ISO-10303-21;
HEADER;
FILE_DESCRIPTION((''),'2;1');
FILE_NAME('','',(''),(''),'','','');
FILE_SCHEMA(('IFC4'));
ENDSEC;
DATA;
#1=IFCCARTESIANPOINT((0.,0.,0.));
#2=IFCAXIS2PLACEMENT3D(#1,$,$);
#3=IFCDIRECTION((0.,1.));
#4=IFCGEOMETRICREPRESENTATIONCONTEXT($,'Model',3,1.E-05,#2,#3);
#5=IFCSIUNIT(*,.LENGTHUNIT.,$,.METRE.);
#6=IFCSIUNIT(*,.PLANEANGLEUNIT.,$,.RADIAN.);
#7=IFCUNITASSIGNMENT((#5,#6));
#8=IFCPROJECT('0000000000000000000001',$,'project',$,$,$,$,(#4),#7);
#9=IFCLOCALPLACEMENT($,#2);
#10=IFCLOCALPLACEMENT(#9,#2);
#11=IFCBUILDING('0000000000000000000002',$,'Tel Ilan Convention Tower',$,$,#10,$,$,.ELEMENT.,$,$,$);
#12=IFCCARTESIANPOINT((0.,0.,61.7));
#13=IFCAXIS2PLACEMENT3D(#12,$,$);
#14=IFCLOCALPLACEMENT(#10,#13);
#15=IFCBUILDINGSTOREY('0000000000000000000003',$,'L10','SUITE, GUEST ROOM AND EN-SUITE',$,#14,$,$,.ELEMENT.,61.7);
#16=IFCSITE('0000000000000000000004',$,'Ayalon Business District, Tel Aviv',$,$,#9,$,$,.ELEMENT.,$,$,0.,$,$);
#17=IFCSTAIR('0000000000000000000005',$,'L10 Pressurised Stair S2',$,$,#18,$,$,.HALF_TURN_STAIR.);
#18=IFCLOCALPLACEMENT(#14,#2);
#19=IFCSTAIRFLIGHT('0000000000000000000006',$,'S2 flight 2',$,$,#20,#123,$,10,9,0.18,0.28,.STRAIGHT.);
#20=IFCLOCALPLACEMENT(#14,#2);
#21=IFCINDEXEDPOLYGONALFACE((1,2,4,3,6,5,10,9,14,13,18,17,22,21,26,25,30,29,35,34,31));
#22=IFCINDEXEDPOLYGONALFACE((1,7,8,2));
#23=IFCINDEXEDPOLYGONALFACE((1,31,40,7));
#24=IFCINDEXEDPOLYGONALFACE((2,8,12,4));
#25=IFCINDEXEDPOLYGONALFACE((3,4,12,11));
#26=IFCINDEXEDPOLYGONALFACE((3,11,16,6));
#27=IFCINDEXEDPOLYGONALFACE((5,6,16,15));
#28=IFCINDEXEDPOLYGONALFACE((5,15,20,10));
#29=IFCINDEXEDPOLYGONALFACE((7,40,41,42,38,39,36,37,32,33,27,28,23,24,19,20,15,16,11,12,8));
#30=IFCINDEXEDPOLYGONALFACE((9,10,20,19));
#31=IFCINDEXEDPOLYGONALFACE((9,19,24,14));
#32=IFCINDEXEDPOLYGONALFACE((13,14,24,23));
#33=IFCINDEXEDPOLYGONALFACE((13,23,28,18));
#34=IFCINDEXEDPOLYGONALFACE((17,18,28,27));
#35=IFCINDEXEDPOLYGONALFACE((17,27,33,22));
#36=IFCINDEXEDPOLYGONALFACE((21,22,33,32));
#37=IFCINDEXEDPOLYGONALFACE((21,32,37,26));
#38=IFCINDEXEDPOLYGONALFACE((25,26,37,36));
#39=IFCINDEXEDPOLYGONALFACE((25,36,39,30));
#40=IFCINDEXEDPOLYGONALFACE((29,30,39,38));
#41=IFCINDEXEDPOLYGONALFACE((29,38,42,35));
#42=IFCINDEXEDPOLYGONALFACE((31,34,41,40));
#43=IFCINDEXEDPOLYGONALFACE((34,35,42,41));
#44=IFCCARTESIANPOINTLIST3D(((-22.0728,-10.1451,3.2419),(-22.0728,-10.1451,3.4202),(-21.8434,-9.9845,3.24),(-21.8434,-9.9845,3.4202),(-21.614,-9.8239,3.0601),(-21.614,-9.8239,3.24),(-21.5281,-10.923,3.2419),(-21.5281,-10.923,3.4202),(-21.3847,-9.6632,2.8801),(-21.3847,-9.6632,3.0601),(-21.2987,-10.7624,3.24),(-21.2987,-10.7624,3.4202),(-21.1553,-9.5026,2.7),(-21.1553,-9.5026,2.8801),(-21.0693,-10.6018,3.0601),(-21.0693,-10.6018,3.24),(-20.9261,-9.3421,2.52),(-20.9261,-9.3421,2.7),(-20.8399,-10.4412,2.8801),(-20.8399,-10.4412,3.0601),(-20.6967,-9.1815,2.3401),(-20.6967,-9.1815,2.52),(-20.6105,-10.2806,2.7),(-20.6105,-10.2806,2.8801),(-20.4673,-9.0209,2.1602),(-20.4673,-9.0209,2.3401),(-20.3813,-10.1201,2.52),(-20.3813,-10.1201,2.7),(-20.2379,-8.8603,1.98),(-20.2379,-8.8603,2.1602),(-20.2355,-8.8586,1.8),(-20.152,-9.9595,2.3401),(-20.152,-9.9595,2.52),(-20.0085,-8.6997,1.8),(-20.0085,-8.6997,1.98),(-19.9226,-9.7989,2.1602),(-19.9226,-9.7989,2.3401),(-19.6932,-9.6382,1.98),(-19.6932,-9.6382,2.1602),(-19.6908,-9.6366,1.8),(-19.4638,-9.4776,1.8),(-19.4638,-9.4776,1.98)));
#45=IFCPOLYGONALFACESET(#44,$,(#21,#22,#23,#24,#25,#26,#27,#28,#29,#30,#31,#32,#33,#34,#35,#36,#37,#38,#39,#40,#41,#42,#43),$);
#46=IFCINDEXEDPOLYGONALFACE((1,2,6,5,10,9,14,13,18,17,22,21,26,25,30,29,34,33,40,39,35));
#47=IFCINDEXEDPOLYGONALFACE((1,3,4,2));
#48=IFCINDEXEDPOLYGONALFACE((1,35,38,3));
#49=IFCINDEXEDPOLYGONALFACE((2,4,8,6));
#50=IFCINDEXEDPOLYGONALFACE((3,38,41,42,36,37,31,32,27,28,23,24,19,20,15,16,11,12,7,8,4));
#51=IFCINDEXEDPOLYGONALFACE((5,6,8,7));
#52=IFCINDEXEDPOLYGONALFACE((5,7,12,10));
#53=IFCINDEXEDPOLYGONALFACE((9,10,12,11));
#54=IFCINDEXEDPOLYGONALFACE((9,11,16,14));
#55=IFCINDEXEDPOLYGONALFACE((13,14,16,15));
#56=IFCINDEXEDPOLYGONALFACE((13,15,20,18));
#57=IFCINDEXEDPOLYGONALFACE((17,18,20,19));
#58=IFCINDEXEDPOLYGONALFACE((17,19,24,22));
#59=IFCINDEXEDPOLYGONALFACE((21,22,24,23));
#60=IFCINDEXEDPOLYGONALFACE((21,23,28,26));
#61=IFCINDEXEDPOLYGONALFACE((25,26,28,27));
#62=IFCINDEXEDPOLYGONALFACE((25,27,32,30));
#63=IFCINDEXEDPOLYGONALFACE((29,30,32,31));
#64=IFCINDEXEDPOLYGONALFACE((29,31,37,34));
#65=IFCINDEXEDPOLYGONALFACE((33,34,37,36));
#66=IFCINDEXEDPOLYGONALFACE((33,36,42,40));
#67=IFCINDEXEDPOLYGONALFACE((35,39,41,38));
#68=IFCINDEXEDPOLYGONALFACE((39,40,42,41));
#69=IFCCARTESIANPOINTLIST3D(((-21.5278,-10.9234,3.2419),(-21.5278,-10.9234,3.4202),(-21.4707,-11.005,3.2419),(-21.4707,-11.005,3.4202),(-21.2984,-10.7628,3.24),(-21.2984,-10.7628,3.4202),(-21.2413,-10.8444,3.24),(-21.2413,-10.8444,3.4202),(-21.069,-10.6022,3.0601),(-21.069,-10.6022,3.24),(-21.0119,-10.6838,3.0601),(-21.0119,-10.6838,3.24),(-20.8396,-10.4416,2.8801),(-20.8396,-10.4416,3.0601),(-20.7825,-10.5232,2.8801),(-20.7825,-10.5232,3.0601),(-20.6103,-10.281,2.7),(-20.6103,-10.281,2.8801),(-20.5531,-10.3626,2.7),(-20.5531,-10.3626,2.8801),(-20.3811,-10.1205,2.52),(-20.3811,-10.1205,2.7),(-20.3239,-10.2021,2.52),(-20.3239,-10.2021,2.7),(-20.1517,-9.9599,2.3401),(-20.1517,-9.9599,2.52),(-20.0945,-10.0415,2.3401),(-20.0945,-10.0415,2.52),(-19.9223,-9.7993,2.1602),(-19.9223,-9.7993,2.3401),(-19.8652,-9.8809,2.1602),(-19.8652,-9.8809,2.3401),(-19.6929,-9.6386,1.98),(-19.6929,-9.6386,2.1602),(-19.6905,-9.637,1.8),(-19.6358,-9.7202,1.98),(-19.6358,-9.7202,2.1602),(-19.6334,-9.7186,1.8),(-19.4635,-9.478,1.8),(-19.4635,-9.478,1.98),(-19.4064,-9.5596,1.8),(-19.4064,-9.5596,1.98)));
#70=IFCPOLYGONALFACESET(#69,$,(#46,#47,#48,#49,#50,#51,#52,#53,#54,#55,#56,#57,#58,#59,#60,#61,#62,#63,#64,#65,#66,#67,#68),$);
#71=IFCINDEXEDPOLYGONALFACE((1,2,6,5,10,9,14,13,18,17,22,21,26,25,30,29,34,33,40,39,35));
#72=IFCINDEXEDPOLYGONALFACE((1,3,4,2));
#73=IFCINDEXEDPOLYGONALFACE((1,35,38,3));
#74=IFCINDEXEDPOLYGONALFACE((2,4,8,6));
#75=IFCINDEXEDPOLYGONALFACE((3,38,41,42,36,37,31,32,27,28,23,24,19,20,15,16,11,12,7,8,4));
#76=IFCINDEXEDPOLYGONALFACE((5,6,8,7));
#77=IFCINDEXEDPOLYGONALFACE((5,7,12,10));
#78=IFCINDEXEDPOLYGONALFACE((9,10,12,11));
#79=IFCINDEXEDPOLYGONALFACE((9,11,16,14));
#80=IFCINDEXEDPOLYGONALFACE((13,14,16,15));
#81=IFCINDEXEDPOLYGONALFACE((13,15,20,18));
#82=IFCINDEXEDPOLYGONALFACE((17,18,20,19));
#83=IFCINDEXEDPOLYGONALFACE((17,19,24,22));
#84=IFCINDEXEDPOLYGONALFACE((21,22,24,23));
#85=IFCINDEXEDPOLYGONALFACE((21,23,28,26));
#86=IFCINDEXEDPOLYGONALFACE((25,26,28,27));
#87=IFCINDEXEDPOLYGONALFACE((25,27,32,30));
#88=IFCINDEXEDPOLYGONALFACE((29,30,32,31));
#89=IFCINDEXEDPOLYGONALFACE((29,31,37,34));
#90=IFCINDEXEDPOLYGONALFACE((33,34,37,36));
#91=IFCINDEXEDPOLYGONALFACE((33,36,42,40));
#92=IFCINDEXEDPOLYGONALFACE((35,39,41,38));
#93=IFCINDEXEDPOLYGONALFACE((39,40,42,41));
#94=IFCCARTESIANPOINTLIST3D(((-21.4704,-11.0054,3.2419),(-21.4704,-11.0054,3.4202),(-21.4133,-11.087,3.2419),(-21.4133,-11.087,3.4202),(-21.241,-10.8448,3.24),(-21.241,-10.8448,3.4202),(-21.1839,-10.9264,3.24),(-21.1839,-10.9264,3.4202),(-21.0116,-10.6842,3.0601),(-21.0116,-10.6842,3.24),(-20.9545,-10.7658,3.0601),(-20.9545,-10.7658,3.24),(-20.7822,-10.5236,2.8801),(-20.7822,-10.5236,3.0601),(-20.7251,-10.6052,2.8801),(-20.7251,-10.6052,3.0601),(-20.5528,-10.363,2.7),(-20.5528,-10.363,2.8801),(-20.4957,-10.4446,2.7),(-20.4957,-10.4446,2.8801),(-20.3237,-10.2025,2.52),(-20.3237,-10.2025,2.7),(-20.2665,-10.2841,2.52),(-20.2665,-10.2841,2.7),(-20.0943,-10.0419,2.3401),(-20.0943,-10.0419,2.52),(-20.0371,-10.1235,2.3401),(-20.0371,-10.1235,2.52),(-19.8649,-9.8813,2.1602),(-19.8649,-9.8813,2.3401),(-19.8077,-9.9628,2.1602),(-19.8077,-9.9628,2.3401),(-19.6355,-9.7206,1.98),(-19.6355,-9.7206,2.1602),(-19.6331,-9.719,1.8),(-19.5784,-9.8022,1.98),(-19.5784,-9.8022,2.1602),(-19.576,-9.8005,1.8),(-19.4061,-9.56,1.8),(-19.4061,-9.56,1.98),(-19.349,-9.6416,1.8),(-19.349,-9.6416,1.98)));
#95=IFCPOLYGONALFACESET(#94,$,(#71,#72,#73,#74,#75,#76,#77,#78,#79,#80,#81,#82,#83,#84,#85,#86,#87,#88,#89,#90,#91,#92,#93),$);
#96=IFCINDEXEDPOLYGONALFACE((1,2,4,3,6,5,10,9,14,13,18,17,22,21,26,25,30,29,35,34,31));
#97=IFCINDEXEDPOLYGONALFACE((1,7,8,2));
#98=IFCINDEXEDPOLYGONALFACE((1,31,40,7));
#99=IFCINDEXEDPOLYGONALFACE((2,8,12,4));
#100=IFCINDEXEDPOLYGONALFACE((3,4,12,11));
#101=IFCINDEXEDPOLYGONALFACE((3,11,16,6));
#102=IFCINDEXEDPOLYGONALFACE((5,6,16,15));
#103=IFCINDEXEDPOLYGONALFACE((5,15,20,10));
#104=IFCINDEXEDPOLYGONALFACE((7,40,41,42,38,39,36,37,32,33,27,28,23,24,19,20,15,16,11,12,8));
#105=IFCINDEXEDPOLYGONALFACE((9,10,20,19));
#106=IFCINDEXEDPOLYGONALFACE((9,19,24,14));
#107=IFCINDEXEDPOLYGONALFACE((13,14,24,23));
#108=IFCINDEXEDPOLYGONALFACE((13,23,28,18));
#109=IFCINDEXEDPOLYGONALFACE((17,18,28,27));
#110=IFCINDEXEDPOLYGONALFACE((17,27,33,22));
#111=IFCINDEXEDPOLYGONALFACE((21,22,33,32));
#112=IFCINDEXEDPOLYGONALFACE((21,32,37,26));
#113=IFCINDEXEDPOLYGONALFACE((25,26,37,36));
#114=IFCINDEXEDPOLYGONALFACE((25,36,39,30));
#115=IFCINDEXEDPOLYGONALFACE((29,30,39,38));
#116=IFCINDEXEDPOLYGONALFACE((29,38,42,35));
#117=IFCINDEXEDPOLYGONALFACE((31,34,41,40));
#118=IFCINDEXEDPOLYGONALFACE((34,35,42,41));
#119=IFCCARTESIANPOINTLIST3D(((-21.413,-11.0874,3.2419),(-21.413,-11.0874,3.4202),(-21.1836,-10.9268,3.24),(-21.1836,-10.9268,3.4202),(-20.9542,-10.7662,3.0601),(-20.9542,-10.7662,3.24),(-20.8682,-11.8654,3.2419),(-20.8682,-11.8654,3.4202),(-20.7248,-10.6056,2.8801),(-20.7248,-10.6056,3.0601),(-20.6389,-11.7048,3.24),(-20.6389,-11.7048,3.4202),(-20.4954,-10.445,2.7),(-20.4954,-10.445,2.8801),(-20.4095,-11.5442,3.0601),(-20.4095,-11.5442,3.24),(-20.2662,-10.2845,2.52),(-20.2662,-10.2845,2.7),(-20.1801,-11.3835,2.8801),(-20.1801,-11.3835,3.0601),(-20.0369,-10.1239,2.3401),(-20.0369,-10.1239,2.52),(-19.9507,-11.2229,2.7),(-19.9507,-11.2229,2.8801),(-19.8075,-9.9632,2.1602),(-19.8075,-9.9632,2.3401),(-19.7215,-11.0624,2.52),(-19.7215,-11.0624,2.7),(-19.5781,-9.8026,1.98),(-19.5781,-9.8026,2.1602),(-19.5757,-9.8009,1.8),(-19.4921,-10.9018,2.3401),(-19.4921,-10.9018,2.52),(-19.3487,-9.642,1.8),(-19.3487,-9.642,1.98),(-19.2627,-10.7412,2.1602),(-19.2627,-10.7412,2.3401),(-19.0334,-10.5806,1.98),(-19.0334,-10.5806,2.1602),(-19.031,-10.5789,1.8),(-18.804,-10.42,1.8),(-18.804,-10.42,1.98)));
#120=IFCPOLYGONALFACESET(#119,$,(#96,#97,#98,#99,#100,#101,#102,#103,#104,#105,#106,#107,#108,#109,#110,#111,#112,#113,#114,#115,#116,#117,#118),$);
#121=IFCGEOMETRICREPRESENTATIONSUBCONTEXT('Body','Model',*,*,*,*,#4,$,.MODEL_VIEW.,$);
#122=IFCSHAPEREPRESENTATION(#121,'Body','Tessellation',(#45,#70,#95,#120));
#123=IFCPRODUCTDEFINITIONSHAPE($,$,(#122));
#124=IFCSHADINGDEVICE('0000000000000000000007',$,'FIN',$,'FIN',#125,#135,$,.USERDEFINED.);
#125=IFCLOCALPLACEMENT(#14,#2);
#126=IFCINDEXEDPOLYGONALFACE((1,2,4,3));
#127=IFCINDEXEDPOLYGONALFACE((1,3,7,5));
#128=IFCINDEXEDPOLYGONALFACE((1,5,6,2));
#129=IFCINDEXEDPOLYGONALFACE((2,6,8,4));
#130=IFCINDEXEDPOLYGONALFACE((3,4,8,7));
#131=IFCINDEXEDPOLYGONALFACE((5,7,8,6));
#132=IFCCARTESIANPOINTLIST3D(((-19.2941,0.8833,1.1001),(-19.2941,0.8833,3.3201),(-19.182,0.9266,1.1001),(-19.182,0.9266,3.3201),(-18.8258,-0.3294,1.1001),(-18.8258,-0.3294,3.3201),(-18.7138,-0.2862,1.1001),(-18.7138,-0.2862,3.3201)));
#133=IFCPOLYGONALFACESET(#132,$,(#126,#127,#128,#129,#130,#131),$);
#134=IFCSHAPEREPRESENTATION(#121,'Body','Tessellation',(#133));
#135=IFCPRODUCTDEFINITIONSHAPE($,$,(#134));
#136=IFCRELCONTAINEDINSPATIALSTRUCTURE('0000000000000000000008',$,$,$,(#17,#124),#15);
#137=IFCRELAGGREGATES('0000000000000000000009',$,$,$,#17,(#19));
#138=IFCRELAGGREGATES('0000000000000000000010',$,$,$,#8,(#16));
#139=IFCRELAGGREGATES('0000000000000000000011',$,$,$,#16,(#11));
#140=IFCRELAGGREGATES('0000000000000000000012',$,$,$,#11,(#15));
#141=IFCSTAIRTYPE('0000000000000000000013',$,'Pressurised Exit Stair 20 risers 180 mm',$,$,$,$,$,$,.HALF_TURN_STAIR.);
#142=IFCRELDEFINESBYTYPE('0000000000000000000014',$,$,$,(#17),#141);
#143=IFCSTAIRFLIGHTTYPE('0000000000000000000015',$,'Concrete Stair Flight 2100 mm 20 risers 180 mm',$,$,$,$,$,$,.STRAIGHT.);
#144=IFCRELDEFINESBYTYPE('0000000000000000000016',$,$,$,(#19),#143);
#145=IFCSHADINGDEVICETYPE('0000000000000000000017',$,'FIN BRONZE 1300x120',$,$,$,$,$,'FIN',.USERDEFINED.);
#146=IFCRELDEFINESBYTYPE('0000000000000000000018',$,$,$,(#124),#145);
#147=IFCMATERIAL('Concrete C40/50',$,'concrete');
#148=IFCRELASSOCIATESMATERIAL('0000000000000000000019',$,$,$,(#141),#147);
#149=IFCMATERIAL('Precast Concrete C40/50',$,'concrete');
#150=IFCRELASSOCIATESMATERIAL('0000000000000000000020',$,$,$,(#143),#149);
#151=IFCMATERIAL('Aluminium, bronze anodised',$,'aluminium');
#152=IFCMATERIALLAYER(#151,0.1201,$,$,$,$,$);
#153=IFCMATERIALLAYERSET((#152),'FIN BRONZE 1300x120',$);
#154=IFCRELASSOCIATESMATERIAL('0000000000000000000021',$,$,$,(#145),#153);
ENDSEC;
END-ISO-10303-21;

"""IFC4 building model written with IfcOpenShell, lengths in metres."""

from ifc_helpers import new_model, si_unit, direction, frame, origin, origin_2d, place, context, subcontext, project, spatial, polyline, rectangle, outline, extrude, material, layer, layer_set, type_object, element, aggregate, save


model = new_model("IFC4")

# Units and contexts
model_context = context("Model", 3, precision=1e-05, world=origin(), true_north=direction((0.0, 1.0)))
body_context = subcontext(model_context, "Body", "Model", "MODEL_VIEW")
ifc_project = project(units=[si_unit("LENGTHUNIT", "METRE"), si_unit("PLANEANGLEUNIT", "RADIAN")], contexts=[model_context])

# Site, building, storey
site_placement = place(None, origin())
site = spatial("IfcSite", under=ifc_project, at=site_placement, Name="Ayalon Business District, Tel Aviv", CompositionType="ELEMENT", RefElevation=0.0)
building_placement = place(site_placement, origin())
building = spatial("IfcBuilding", under=site, at=building_placement, Name="Tel Ilan Convention Tower", CompositionType="ELEMENT")
storey_placement = place(building_placement, frame((0.0, 0.0, 61.7)))
storey = spatial("IfcBuildingStorey", under=building, at=storey_placement, Name="L10", Description="SUITE, GUEST ROOM AND EN-SUITE", CompositionType="ELEMENT", Elevation=61.7)

# Shared definitions
ifc_material_1 = material(Name="Concrete C40/50", Category="concrete")
stair_type = type_object("IfcStairType", Name="Pressurised Exit Stair 20 risers 180 mm", PredefinedType="HALF_TURN_STAIR", material=ifc_material_1)
ifc_material_2 = material(Name="Precast Concrete C40/50", Category="concrete")
stair_flight_type = type_object("IfcStairFlightType", Name="Concrete Stair Flight 2100 mm 20 risers 180 mm", PredefinedType="STRAIGHT", material=ifc_material_2)

# Stair, stair flight
stair_1_placement = place(storey_placement, origin())
stair_1 = element("IfcStair", 1, at=stair_1_placement, inside=storey, type_object=stair_type, Name="L10 Pressurised Stair S2", PredefinedType="HALF_TURN_STAIR")
stair_flight_1_placement = place(storey_placement, frame((-19.4062, -9.5598, 1.8), z_axis=(0.0, 0.0, 1.0), x_axis=(-0.819152, -0.573576, 0.0)))
stair_flight_1 = element("IfcStairFlight", 2, at=stair_flight_1_placement, type_object=stair_flight_type, Name="S2 flight 2", NumberOfRisers=10, NumberOfTreads=9, PredefinedType="STRAIGHT", RiserHeight=0.18, TreadLength=0.28, context=body_context, shape_type="SweptSolid", body=[
    extrude(outline(polyline([(0.0, 0.0), (0.0, 0.1799), (0.28, 0.1799), (0.28, 0.3601), (0.5601, 0.3601), (0.5601, 0.54), (0.8401, 0.54), (0.8401, 0.72), (1.1201, 0.72), (1.1201, 0.8999), (1.3999, 0.8999), (1.3999, 1.0801), (1.6799, 1.0801), (1.6799, 1.26), (1.96, 1.26), (1.96, 1.4399), (2.24, 1.4399), (2.24, 1.6201), (2.52, 1.6201), (2.52, 1.8), (2.52, 1.4419), (0.2771, 0.0), (0.0, 0.0)])), frame((0.0, -0.1003, 0.0), z_axis=(0.0, -1.0, 0.0), x_axis=(1.0, 0.0, 0.0)), (0.0, 0.0, 1.0), 0.9497),
    extrude(outline(polyline([(0.0, 0.0), (0.0, 0.1799), (0.28, 0.1799), (0.28, 0.3601), (0.5601, 0.3601), (0.5601, 0.54), (0.8401, 0.54), (0.8401, 0.72), (1.1201, 0.72), (1.1201, 0.8999), (1.3999, 0.8999), (1.3999, 1.0801), (1.6799, 1.0801), (1.6799, 1.26), (1.96, 1.26), (1.96, 1.4399), (2.24, 1.4399), (2.24, 1.6201), (2.52, 1.6201), (2.52, 1.8), (2.52, 1.4419), (0.2771, 0.0), (0.0, 0.0)])), frame((0.0, -0.0002, 0.0), z_axis=(0.0, -1.0, 0.0), x_axis=(1.0, 0.0, 0.0)), (0.0, 0.0, 1.0), 0.0996),
    extrude(outline(polyline([(0.0, 0.0), (0.0, 0.1799), (0.28, 0.1799), (0.28, 0.3601), (0.5601, 0.3601), (0.5601, 0.54), (0.8401, 0.54), (0.8401, 0.72), (1.1201, 0.72), (1.1201, 0.8999), (1.3999, 0.8999), (1.3999, 1.0801), (1.6799, 1.0801), (1.6799, 1.26), (1.96, 1.26), (1.96, 1.4399), (2.24, 1.4399), (2.24, 1.6201), (2.52, 1.6201), (2.52, 1.8), (2.52, 1.4419), (0.2771, 0.0), (0.0, 0.0)])), frame((0.0, 0.0999, 0.0), z_axis=(0.0, -1.0, 0.0), x_axis=(1.0, 0.0, 0.0)), (0.0, 0.0, 1.0), 0.0996),
    extrude(outline(polyline([(0.0, 0.0), (0.0, 0.1799), (0.28, 0.1799), (0.28, 0.3601), (0.5601, 0.3601), (0.5601, 0.54), (0.8401, 0.54), (0.8401, 0.72), (1.1201, 0.72), (1.1201, 0.8999), (1.3999, 0.8999), (1.3999, 1.0801), (1.6799, 1.0801), (1.6799, 1.26), (1.96, 1.26), (1.96, 1.4399), (2.24, 1.4399), (2.24, 1.6201), (2.52, 1.6201), (2.52, 1.8), (2.52, 1.4419), (0.2771, 0.0), (0.0, 0.0)])), frame((0.0, 1.05, 0.0), z_axis=(0.0, -1.0, 0.0), x_axis=(1.0, 0.0, 0.0)), (0.0, 0.0, 1.0), 0.9497),
])
aggregate(stair_1, [stair_flight_1])

# Shading device
ifc_material_3 = material(Name="Aluminium, bronze anodised", Category="aluminium")
ifc_layer_1 = layer(ifc_material_3, 0.1201)
ifc_layer_set_1 = layer_set([ifc_layer_1], Name="FIN BRONZE 1300x120")
shading_device_type = type_object("IfcShadingDeviceType", Name="FIN BRONZE 1300x120", ElementType="FIN", PredefinedType="USERDEFINED", material=ifc_layer_set_1)
shading_device_placement = place(storey_placement, frame((-19.0039, 0.2986, 1.1001), z_axis=(0.0, 0.0, 1.0), x_axis=(-0.360178, 0.932884, 0.0)))
element("IfcShadingDevice", 3, at=shading_device_placement, inside=storey, type_object=shading_device_type, Name="FIN", ObjectType="FIN", PredefinedType="USERDEFINED", context=body_context, shape_type="SweptSolid", body=[
    extrude(rectangle(XDim=1.3, YDim=0.1201, at=origin_2d()), origin(), (0.0, 0.0, 1.0), 2.22),
])

save(model, "model.ifc")
